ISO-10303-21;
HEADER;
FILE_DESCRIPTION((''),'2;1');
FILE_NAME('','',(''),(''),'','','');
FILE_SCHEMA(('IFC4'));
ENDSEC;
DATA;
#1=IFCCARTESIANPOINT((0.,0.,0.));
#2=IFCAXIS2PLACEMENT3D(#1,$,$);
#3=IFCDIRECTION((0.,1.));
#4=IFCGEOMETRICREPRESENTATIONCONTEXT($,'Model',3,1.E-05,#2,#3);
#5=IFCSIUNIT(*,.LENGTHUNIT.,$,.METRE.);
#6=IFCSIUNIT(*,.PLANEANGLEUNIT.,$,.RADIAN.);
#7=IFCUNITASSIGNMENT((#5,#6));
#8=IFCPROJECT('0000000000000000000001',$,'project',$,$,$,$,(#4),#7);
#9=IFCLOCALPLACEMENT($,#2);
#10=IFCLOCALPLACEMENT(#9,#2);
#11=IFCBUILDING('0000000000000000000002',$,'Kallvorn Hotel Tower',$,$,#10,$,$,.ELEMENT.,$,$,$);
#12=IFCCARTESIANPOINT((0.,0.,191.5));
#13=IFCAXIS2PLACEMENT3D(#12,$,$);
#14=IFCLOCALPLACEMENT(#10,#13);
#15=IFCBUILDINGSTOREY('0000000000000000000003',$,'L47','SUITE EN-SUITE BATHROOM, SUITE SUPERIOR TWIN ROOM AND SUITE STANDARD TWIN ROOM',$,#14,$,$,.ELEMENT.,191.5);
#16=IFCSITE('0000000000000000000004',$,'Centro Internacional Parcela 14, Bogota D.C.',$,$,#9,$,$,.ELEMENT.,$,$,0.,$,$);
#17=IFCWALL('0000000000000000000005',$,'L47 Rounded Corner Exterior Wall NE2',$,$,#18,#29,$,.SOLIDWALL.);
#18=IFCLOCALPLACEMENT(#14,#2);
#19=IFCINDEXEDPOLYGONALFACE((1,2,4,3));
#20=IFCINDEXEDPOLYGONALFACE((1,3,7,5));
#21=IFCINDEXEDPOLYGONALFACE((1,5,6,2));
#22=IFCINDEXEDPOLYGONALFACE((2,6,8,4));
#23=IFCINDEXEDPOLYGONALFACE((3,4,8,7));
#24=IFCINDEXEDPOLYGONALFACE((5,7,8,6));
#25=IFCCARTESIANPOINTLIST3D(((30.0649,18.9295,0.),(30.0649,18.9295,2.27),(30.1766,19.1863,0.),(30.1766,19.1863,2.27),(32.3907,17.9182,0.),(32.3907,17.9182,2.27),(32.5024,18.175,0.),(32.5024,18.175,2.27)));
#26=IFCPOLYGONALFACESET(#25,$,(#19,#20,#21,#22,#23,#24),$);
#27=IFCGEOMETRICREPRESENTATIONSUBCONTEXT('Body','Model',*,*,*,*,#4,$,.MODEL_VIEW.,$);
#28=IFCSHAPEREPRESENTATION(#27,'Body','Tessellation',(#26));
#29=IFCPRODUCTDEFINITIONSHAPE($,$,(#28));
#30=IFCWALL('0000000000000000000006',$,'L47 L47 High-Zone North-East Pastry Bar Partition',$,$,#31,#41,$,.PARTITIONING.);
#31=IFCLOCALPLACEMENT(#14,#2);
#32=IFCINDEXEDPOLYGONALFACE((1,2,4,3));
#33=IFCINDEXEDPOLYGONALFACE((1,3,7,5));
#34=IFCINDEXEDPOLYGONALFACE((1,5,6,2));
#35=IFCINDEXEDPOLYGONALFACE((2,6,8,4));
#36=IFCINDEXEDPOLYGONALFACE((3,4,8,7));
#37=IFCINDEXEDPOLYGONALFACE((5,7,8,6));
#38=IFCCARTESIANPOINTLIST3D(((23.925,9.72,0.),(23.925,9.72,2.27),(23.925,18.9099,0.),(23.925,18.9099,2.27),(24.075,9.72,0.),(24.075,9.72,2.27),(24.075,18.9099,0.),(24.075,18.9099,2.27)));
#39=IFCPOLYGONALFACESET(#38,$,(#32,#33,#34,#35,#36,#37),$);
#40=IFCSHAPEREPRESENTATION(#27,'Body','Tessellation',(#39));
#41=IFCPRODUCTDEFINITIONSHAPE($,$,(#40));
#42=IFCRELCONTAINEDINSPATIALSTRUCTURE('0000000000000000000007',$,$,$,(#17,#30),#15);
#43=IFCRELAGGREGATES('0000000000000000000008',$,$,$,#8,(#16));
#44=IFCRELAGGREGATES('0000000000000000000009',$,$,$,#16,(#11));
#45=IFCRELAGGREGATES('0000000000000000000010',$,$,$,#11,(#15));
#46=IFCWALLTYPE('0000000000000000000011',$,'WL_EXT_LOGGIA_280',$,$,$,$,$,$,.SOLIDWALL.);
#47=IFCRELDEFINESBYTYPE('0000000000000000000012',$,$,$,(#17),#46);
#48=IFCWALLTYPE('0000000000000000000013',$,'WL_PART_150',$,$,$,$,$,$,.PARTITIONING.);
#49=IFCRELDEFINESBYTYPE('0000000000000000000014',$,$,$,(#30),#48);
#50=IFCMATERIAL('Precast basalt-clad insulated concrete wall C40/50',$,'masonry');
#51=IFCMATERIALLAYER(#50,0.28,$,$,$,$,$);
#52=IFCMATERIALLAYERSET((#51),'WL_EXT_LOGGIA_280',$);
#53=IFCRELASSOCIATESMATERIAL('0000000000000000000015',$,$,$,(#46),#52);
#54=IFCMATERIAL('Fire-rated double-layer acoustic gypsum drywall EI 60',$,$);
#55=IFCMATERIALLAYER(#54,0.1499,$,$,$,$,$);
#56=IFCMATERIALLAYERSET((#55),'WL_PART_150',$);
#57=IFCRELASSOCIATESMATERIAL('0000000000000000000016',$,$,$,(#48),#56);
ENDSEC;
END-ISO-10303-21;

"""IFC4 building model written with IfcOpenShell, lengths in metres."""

from ifc_helpers import new_model, si_unit, direction, frame, frame_2d, origin, place, context, subcontext, project, spatial, rectangle, extrude, material, layer, layer_set, type_object, element, save


model = new_model("IFC4")

# Units and contexts
model_context = context("Model", 3, precision=1e-05, world=origin(), true_north=direction((0.0, 1.0)))
body_context = subcontext(model_context, "Body", "Model", "MODEL_VIEW")
ifc_project = project(units=[si_unit("LENGTHUNIT", "METRE"), si_unit("PLANEANGLEUNIT", "RADIAN")], contexts=[model_context])

# Site, building, storey
site_placement = place(None, origin())
site = spatial("IfcSite", under=ifc_project, at=site_placement, Name="Centro Internacional Parcela 14, Bogota D.C.", CompositionType="ELEMENT", RefElevation=0.0)
building_placement = place(site_placement, origin())
building = spatial("IfcBuilding", under=site, at=building_placement, Name="Kallvorn Hotel Tower", CompositionType="ELEMENT")
storey_placement = place(building_placement, frame((0.0, 0.0, 191.5)))
storey = spatial("IfcBuildingStorey", under=building, at=storey_placement, Name="L47", Description="SUITE EN-SUITE BATHROOM, SUITE SUPERIOR TWIN ROOM AND SUITE STANDARD TWIN ROOM", CompositionType="ELEMENT", Elevation=191.5)

# Walls
ifc_material_1 = material(Name="Precast basalt-clad insulated concrete wall C40/50", Category="masonry")
ifc_layer_1 = layer(ifc_material_1, 0.28)
ifc_layer_set_1 = layer_set([ifc_layer_1], Name="WL_EXT_LOGGIA_280")
wall_type_1 = type_object("IfcWallType", Name="WL_EXT_LOGGIA_280", PredefinedType="SOLIDWALL", material=ifc_layer_set_1)
wall_1_placement = place(storey_placement, frame((32.4465, 18.0466, 0.0), z_axis=(0.0, 0.0, 1.0), x_axis=(-0.917061, 0.398747, 0.0)))
element("IfcWall", 1, at=wall_1_placement, inside=storey, type_object=wall_type_1, Name="L47 Rounded Corner Exterior Wall NE2", PredefinedType="SOLIDWALL", context=body_context, shape_type="SweptSolid", body=[
    extrude(rectangle(XDim=2.5361, YDim=0.28, at=frame_2d((1.2681, 0.0))), origin(), (0.0, 0.0, 1.0), 2.27),
])
ifc_material_2 = material(Name="Fire-rated double-layer acoustic gypsum drywall EI 60")
ifc_layer_2 = layer(ifc_material_2, 0.1499)
ifc_layer_set_2 = layer_set([ifc_layer_2], Name="WL_PART_150")
wall_type_2 = type_object("IfcWallType", Name="WL_PART_150", PredefinedType="PARTITIONING", material=ifc_layer_set_2)
wall_2_placement = place(storey_placement, frame((24.0, 9.72, 0.0), z_axis=(0.0, 0.0, 1.0), x_axis=(0.0, 1.0, 0.0)))
element("IfcWall", 2, at=wall_2_placement, inside=storey, type_object=wall_type_2, Name="L47 L47 High-Zone North-East Pastry Bar Partition", PredefinedType="PARTITIONING", context=body_context, shape_type="SweptSolid", body=[
    extrude(rectangle(XDim=9.1899, YDim=0.1499, at=frame_2d((4.595, 0.0))), origin(), (0.0, 0.0, 1.0), 2.27),
])

save(model, "model.ifc")
